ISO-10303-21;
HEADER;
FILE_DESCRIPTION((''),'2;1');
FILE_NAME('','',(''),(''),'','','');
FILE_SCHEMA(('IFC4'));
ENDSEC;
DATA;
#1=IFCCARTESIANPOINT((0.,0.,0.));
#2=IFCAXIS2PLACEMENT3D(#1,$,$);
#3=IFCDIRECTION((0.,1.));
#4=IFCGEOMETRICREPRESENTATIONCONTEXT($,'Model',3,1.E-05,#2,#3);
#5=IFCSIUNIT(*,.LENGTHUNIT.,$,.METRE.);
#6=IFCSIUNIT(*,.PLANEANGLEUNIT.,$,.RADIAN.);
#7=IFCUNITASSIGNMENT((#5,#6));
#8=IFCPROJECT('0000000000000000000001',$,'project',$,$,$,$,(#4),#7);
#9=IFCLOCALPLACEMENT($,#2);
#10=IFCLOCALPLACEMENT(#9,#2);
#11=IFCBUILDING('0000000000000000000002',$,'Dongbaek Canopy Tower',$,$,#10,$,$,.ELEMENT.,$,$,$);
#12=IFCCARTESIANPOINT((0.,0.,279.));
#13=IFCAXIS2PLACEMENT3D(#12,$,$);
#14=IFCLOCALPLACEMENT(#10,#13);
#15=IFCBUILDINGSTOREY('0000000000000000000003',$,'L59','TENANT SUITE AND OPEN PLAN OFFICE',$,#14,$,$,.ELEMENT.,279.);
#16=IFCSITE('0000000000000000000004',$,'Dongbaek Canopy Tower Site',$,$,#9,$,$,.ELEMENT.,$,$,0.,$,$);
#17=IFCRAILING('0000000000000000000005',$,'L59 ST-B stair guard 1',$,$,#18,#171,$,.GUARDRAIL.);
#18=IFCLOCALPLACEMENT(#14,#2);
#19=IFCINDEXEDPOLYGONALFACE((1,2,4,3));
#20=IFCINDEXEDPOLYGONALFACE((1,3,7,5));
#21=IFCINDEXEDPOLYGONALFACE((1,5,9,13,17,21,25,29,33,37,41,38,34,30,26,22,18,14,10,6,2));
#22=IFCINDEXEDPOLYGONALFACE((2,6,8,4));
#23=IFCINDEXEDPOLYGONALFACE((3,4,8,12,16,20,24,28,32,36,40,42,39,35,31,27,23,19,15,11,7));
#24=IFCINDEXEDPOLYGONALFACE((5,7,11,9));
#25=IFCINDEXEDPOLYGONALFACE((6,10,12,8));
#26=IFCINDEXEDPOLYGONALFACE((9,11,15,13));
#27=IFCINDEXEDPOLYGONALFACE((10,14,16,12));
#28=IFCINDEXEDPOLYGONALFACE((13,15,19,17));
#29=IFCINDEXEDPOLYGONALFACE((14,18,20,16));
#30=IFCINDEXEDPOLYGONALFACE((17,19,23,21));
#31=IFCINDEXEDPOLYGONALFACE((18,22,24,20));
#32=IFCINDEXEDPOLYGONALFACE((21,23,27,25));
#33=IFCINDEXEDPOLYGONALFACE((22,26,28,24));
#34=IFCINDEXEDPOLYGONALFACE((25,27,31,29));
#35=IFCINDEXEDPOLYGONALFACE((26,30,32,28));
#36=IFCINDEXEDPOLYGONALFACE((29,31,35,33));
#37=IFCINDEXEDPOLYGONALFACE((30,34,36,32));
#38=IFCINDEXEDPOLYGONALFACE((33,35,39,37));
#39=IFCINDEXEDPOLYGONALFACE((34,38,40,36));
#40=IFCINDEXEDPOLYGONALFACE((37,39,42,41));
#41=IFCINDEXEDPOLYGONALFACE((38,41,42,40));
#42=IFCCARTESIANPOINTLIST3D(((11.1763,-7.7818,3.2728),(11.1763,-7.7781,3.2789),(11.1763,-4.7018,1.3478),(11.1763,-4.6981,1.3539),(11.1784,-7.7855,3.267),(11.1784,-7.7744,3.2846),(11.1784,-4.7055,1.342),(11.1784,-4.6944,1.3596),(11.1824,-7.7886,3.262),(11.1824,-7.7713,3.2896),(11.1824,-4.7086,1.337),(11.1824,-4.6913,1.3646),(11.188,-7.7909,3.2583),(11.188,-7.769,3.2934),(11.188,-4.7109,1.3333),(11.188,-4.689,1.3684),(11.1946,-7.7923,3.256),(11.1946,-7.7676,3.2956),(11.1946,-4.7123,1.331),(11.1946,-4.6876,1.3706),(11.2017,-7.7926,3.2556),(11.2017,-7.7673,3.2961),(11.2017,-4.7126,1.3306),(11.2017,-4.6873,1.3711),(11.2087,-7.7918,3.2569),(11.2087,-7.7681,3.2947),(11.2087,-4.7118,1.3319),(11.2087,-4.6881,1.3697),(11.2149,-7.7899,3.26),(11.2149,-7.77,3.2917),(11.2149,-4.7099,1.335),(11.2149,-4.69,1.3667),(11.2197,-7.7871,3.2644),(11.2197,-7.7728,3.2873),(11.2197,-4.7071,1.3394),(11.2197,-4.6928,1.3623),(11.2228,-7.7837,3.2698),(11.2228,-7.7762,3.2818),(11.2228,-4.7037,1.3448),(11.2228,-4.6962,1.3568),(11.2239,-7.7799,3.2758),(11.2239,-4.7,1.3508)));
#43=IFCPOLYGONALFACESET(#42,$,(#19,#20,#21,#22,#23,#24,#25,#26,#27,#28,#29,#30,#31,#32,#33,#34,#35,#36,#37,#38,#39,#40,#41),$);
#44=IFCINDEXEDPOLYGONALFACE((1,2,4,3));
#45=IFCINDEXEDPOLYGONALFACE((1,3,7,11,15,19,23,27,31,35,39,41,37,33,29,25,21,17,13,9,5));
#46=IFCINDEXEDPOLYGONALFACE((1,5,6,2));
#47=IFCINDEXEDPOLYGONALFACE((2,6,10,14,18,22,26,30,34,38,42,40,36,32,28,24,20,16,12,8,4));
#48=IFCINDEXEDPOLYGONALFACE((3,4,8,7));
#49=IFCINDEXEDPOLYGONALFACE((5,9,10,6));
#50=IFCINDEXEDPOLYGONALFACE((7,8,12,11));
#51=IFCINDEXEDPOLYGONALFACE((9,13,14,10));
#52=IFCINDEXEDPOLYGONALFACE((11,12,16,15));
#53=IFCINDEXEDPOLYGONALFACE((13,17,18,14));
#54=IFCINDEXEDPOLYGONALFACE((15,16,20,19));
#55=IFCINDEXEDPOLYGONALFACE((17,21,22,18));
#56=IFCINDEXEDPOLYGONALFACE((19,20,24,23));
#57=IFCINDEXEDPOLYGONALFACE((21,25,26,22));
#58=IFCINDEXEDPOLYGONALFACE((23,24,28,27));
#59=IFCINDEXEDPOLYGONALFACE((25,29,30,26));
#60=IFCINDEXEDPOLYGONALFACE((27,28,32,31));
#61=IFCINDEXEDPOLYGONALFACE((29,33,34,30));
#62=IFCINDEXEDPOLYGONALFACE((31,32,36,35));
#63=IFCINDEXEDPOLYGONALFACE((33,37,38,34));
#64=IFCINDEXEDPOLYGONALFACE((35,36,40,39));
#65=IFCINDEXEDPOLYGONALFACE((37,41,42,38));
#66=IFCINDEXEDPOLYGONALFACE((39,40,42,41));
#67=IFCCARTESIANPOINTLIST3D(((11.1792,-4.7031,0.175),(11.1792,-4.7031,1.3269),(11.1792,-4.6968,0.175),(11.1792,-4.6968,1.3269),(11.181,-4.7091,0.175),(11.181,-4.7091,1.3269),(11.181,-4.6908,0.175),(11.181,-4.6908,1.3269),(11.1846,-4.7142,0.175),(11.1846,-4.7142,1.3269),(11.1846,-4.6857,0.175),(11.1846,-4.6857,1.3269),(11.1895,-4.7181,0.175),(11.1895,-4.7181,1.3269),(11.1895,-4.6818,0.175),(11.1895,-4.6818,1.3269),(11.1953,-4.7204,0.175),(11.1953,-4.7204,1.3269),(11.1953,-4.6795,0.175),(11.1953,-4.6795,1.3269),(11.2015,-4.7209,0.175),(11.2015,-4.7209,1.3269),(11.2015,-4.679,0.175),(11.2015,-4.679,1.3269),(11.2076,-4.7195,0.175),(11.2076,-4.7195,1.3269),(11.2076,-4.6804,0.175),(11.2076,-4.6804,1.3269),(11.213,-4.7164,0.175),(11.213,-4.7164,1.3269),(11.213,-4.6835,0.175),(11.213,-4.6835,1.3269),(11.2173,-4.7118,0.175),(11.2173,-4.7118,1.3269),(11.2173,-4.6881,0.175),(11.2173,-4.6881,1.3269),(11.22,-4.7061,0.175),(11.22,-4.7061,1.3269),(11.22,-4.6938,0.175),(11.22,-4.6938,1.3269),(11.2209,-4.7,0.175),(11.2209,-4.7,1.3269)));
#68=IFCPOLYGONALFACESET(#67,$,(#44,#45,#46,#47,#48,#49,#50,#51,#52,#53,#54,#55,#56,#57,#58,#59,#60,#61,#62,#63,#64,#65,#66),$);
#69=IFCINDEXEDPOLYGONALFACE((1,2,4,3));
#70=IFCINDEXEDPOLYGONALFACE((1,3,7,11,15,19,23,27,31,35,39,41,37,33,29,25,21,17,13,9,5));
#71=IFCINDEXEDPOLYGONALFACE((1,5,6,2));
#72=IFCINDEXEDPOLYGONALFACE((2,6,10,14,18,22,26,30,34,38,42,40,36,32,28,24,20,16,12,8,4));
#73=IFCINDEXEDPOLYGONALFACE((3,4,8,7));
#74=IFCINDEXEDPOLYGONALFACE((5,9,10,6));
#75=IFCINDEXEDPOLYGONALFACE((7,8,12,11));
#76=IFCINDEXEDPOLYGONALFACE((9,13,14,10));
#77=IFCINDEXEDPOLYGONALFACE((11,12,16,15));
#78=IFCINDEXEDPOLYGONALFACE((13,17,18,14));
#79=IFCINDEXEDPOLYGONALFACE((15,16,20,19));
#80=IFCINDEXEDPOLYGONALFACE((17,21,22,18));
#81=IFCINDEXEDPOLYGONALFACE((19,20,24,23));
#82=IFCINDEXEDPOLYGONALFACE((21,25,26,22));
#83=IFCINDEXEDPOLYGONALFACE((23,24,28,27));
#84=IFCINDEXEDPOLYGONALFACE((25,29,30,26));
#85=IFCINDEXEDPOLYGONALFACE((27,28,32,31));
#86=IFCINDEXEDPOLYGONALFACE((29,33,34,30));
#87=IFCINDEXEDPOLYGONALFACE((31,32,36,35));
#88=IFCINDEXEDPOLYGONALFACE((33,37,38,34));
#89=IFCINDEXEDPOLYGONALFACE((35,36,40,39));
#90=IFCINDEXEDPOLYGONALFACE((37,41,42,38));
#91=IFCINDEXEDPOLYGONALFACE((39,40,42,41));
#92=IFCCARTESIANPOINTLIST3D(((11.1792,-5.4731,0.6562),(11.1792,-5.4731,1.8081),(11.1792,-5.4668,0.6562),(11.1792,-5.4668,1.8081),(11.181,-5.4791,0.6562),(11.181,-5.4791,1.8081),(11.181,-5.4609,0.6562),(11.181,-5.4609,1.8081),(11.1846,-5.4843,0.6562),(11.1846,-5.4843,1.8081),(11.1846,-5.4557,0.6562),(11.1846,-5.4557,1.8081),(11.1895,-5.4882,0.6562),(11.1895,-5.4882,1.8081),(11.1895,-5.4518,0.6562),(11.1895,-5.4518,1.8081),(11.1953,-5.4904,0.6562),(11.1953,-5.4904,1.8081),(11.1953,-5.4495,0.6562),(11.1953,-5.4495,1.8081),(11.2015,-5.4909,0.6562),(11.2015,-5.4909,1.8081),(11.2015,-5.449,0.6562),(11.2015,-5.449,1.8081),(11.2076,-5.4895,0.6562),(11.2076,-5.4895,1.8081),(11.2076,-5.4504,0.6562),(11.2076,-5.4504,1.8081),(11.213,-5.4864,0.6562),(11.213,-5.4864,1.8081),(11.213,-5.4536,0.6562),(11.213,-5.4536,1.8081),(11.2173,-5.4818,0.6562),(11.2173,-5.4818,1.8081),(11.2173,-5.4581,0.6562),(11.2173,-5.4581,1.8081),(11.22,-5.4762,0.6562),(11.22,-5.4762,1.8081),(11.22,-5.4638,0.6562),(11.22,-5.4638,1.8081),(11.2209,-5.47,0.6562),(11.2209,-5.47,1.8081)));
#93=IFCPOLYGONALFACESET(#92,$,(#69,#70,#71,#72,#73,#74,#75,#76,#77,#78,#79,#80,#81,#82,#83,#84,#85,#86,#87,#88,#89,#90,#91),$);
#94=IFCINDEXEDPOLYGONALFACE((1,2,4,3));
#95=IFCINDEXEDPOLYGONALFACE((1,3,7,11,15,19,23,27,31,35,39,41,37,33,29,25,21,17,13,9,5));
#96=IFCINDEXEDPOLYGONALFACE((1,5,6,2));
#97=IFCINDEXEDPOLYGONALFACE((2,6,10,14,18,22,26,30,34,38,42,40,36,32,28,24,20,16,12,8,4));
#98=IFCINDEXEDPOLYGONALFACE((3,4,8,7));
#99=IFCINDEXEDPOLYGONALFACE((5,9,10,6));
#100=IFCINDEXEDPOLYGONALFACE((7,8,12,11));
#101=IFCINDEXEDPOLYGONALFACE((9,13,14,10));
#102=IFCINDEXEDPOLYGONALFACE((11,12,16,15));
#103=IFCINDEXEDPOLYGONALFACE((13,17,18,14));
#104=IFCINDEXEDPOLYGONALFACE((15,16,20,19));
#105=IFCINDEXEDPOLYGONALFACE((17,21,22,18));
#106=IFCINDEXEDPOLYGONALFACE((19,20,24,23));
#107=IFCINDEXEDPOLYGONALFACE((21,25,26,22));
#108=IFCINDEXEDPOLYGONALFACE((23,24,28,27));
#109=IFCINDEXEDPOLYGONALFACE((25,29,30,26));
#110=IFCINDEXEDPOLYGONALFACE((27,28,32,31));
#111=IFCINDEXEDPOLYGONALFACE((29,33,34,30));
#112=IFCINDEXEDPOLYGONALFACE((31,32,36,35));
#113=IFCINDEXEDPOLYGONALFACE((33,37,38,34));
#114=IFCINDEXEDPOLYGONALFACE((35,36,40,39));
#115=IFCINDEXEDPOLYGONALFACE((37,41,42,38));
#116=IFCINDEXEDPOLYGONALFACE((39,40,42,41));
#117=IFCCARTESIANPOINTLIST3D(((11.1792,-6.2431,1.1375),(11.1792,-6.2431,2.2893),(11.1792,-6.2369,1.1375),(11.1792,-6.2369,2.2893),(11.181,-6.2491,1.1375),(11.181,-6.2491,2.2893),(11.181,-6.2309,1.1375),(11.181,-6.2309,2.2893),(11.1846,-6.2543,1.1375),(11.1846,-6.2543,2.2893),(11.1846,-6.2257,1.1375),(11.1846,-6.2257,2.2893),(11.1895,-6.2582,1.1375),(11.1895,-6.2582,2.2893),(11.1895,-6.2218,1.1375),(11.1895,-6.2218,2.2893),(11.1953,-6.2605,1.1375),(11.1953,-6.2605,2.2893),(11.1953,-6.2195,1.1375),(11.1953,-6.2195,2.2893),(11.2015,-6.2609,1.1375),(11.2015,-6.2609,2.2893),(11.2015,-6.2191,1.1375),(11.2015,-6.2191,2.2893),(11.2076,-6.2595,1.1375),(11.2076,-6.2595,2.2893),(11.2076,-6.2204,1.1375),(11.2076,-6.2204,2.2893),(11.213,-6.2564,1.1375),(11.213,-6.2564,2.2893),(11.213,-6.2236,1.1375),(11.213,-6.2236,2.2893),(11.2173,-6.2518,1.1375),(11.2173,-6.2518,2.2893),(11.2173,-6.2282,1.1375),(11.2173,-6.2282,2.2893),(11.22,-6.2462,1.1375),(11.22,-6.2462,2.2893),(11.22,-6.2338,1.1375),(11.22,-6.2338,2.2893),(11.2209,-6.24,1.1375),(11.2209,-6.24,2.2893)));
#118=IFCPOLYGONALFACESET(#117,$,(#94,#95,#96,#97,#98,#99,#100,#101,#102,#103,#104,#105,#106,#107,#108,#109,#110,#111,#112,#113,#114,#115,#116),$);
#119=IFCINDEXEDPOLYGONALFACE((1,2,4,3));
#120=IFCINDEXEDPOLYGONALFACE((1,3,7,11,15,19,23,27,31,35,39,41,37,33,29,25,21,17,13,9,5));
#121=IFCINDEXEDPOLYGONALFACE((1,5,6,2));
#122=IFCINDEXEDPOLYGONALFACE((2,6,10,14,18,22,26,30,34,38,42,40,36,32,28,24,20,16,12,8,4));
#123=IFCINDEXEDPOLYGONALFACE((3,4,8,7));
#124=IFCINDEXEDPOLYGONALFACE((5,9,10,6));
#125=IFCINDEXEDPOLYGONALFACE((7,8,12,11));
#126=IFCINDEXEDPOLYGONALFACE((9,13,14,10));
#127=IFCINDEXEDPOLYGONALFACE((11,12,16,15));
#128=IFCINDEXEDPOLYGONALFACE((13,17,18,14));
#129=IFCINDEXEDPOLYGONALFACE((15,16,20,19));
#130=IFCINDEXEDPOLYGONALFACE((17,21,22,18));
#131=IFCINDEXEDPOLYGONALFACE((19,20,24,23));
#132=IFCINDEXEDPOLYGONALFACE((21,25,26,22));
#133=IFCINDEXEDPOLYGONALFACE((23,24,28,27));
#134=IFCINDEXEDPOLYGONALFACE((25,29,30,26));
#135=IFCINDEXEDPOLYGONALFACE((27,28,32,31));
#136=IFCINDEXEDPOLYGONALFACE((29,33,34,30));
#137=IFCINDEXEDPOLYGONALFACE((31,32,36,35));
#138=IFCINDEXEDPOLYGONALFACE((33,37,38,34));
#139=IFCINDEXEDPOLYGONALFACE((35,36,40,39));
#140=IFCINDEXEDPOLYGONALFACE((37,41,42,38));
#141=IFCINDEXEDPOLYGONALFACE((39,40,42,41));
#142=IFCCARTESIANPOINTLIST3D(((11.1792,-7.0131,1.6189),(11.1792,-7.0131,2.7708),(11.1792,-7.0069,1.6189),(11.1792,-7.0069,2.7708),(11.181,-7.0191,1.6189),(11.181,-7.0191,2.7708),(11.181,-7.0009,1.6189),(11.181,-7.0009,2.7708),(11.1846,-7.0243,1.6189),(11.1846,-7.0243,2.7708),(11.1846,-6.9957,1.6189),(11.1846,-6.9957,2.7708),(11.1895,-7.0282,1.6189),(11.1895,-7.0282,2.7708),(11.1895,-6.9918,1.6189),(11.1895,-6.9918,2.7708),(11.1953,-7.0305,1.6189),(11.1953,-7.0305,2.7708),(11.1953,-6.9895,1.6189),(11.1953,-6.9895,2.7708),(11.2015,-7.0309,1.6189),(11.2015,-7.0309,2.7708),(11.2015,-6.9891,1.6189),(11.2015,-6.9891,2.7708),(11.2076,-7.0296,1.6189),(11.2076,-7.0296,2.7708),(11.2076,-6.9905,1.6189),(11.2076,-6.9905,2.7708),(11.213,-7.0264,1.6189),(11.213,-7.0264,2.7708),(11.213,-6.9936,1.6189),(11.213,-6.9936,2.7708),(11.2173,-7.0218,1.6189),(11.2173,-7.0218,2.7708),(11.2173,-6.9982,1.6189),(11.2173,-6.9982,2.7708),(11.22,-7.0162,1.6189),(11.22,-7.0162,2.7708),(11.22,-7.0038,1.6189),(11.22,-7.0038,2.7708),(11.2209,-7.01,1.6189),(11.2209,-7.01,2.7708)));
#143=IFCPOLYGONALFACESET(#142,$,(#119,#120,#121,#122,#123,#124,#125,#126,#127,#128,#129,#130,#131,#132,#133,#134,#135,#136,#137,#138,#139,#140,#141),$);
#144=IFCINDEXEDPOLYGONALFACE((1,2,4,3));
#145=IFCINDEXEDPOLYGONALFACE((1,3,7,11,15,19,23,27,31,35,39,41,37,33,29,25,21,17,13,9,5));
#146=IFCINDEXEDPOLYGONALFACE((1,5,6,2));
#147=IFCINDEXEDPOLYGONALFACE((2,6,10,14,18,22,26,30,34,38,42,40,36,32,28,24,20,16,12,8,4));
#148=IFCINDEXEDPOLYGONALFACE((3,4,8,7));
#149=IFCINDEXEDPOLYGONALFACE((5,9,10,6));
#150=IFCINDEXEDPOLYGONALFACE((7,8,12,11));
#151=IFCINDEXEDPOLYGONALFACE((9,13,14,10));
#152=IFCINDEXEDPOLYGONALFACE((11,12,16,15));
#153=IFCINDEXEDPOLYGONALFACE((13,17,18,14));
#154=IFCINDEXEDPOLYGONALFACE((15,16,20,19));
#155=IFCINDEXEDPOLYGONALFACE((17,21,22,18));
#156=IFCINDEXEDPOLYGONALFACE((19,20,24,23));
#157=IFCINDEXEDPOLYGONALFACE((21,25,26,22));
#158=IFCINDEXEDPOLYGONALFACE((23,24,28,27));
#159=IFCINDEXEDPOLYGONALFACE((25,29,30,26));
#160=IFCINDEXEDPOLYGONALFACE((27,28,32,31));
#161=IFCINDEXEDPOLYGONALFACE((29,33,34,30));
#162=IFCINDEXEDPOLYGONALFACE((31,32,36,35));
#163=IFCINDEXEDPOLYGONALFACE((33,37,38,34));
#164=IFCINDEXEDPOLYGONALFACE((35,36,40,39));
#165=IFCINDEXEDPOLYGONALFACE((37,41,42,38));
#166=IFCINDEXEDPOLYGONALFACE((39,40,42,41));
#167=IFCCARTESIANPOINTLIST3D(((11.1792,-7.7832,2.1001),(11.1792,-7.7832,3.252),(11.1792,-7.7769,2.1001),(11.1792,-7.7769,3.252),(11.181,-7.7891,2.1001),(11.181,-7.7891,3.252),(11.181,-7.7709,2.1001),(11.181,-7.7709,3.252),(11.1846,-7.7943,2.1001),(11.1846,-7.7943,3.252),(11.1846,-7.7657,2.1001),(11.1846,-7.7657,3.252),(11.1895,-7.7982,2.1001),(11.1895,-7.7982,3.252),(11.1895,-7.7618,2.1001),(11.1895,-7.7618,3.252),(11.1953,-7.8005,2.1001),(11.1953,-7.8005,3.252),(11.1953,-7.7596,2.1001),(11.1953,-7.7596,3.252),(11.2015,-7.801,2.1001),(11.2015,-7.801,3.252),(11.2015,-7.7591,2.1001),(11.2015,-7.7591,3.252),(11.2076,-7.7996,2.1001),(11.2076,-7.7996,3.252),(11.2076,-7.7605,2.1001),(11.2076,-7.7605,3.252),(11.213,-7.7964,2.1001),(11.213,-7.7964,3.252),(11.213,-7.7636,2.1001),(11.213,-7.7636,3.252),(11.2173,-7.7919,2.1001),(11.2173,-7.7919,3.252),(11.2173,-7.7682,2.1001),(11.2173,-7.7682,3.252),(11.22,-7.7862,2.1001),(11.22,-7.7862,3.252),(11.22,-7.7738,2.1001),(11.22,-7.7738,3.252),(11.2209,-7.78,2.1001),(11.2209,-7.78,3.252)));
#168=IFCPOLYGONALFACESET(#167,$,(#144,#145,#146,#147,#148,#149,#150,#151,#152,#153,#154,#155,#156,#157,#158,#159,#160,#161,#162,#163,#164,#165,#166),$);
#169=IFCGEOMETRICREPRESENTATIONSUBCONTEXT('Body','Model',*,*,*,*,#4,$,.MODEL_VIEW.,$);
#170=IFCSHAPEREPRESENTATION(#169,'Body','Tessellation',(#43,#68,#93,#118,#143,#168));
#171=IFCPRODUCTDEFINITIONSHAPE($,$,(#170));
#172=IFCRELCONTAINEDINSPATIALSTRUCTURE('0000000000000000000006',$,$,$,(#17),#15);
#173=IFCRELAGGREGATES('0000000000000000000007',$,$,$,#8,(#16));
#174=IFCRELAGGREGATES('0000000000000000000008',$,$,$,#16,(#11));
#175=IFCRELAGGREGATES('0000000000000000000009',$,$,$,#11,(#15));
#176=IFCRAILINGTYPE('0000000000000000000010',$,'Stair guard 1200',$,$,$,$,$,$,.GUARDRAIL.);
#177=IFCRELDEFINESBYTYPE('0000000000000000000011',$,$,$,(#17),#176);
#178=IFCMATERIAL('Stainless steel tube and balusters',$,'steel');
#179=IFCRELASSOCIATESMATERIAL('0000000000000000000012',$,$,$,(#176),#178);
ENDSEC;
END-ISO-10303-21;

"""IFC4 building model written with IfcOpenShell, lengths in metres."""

from ifc_helpers import new_model, si_unit, direction, frame, origin, origin_2d, place, context, subcontext, project, spatial, circle, extrude, material, type_object, element, save


model = new_model("IFC4")

# Units and contexts
model_context = context("Model", 3, precision=1e-05, world=origin(), true_north=direction((0.0, 1.0)))
body_context = subcontext(model_context, "Body", "Model", "MODEL_VIEW")
ifc_project = project(units=[si_unit("LENGTHUNIT", "METRE"), si_unit("PLANEANGLEUNIT", "RADIAN")], contexts=[model_context])

# Site, building, storey
site_placement = place(None, origin())
site = spatial("IfcSite", under=ifc_project, at=site_placement, Name="Dongbaek Canopy Tower Site", CompositionType="ELEMENT", RefElevation=0.0)
building_placement = place(site_placement, origin())
building = spatial("IfcBuilding", under=site, at=building_placement, Name="Dongbaek Canopy Tower", CompositionType="ELEMENT")
storey_placement = place(building_placement, frame((0.0, 0.0, 279.0)))
storey = spatial("IfcBuildingStorey", under=building, at=storey_placement, Name="L59", Description="TENANT SUITE AND OPEN PLAN OFFICE", CompositionType="ELEMENT", Elevation=279.0)

# Railing
ifc_material_1 = material(Name="Stainless steel tube and balusters", Category="steel")
railing_type_1 = type_object("IfcRailingType", Name="Stair guard 1200", PredefinedType="GUARDRAIL", material=ifc_material_1)
railing_1_placement = place(storey_placement, frame((11.2, -4.7, 0.175)))
element("IfcRailing", 1, at=railing_1_placement, inside=storey, type_object=railing_type_1, Name="L59 ST-B stair guard 1", PredefinedType="GUARDRAIL", context=body_context, shape_type="SweptSolid", body=[
    extrude(circle(Radius=0.0239, at=origin_2d()), frame((0.0, 0.0, 1.1758), z_axis=(0.0, -0.847998, 0.529999), x_axis=(1.0, 0.0, 0.0)), (0.0, 0.0, 1.0), 3.6321),
    extrude(circle(Radius=0.021, at=origin_2d()), origin(), (0.0, 0.0, 1.0), 1.1519),
    extrude(circle(Radius=0.021, at=origin_2d()), frame((0.0, -0.77, 0.4812)), (0.0, 0.0, 1.0), 1.1519),
    extrude(circle(Radius=0.021, at=origin_2d()), frame((0.0, -1.54, 0.9624)), (0.0, 0.0, 1.0), 1.1519),
    extrude(circle(Radius=0.021, at=origin_2d()), frame((0.0, -2.3101, 1.4438)), (0.0, 0.0, 1.0), 1.1519),
    extrude(circle(Radius=0.021, at=origin_2d()), frame((0.0, -3.0801, 1.925)), (0.0, 0.0, 1.0), 1.1519),
])

save(model, "model.ifc")
